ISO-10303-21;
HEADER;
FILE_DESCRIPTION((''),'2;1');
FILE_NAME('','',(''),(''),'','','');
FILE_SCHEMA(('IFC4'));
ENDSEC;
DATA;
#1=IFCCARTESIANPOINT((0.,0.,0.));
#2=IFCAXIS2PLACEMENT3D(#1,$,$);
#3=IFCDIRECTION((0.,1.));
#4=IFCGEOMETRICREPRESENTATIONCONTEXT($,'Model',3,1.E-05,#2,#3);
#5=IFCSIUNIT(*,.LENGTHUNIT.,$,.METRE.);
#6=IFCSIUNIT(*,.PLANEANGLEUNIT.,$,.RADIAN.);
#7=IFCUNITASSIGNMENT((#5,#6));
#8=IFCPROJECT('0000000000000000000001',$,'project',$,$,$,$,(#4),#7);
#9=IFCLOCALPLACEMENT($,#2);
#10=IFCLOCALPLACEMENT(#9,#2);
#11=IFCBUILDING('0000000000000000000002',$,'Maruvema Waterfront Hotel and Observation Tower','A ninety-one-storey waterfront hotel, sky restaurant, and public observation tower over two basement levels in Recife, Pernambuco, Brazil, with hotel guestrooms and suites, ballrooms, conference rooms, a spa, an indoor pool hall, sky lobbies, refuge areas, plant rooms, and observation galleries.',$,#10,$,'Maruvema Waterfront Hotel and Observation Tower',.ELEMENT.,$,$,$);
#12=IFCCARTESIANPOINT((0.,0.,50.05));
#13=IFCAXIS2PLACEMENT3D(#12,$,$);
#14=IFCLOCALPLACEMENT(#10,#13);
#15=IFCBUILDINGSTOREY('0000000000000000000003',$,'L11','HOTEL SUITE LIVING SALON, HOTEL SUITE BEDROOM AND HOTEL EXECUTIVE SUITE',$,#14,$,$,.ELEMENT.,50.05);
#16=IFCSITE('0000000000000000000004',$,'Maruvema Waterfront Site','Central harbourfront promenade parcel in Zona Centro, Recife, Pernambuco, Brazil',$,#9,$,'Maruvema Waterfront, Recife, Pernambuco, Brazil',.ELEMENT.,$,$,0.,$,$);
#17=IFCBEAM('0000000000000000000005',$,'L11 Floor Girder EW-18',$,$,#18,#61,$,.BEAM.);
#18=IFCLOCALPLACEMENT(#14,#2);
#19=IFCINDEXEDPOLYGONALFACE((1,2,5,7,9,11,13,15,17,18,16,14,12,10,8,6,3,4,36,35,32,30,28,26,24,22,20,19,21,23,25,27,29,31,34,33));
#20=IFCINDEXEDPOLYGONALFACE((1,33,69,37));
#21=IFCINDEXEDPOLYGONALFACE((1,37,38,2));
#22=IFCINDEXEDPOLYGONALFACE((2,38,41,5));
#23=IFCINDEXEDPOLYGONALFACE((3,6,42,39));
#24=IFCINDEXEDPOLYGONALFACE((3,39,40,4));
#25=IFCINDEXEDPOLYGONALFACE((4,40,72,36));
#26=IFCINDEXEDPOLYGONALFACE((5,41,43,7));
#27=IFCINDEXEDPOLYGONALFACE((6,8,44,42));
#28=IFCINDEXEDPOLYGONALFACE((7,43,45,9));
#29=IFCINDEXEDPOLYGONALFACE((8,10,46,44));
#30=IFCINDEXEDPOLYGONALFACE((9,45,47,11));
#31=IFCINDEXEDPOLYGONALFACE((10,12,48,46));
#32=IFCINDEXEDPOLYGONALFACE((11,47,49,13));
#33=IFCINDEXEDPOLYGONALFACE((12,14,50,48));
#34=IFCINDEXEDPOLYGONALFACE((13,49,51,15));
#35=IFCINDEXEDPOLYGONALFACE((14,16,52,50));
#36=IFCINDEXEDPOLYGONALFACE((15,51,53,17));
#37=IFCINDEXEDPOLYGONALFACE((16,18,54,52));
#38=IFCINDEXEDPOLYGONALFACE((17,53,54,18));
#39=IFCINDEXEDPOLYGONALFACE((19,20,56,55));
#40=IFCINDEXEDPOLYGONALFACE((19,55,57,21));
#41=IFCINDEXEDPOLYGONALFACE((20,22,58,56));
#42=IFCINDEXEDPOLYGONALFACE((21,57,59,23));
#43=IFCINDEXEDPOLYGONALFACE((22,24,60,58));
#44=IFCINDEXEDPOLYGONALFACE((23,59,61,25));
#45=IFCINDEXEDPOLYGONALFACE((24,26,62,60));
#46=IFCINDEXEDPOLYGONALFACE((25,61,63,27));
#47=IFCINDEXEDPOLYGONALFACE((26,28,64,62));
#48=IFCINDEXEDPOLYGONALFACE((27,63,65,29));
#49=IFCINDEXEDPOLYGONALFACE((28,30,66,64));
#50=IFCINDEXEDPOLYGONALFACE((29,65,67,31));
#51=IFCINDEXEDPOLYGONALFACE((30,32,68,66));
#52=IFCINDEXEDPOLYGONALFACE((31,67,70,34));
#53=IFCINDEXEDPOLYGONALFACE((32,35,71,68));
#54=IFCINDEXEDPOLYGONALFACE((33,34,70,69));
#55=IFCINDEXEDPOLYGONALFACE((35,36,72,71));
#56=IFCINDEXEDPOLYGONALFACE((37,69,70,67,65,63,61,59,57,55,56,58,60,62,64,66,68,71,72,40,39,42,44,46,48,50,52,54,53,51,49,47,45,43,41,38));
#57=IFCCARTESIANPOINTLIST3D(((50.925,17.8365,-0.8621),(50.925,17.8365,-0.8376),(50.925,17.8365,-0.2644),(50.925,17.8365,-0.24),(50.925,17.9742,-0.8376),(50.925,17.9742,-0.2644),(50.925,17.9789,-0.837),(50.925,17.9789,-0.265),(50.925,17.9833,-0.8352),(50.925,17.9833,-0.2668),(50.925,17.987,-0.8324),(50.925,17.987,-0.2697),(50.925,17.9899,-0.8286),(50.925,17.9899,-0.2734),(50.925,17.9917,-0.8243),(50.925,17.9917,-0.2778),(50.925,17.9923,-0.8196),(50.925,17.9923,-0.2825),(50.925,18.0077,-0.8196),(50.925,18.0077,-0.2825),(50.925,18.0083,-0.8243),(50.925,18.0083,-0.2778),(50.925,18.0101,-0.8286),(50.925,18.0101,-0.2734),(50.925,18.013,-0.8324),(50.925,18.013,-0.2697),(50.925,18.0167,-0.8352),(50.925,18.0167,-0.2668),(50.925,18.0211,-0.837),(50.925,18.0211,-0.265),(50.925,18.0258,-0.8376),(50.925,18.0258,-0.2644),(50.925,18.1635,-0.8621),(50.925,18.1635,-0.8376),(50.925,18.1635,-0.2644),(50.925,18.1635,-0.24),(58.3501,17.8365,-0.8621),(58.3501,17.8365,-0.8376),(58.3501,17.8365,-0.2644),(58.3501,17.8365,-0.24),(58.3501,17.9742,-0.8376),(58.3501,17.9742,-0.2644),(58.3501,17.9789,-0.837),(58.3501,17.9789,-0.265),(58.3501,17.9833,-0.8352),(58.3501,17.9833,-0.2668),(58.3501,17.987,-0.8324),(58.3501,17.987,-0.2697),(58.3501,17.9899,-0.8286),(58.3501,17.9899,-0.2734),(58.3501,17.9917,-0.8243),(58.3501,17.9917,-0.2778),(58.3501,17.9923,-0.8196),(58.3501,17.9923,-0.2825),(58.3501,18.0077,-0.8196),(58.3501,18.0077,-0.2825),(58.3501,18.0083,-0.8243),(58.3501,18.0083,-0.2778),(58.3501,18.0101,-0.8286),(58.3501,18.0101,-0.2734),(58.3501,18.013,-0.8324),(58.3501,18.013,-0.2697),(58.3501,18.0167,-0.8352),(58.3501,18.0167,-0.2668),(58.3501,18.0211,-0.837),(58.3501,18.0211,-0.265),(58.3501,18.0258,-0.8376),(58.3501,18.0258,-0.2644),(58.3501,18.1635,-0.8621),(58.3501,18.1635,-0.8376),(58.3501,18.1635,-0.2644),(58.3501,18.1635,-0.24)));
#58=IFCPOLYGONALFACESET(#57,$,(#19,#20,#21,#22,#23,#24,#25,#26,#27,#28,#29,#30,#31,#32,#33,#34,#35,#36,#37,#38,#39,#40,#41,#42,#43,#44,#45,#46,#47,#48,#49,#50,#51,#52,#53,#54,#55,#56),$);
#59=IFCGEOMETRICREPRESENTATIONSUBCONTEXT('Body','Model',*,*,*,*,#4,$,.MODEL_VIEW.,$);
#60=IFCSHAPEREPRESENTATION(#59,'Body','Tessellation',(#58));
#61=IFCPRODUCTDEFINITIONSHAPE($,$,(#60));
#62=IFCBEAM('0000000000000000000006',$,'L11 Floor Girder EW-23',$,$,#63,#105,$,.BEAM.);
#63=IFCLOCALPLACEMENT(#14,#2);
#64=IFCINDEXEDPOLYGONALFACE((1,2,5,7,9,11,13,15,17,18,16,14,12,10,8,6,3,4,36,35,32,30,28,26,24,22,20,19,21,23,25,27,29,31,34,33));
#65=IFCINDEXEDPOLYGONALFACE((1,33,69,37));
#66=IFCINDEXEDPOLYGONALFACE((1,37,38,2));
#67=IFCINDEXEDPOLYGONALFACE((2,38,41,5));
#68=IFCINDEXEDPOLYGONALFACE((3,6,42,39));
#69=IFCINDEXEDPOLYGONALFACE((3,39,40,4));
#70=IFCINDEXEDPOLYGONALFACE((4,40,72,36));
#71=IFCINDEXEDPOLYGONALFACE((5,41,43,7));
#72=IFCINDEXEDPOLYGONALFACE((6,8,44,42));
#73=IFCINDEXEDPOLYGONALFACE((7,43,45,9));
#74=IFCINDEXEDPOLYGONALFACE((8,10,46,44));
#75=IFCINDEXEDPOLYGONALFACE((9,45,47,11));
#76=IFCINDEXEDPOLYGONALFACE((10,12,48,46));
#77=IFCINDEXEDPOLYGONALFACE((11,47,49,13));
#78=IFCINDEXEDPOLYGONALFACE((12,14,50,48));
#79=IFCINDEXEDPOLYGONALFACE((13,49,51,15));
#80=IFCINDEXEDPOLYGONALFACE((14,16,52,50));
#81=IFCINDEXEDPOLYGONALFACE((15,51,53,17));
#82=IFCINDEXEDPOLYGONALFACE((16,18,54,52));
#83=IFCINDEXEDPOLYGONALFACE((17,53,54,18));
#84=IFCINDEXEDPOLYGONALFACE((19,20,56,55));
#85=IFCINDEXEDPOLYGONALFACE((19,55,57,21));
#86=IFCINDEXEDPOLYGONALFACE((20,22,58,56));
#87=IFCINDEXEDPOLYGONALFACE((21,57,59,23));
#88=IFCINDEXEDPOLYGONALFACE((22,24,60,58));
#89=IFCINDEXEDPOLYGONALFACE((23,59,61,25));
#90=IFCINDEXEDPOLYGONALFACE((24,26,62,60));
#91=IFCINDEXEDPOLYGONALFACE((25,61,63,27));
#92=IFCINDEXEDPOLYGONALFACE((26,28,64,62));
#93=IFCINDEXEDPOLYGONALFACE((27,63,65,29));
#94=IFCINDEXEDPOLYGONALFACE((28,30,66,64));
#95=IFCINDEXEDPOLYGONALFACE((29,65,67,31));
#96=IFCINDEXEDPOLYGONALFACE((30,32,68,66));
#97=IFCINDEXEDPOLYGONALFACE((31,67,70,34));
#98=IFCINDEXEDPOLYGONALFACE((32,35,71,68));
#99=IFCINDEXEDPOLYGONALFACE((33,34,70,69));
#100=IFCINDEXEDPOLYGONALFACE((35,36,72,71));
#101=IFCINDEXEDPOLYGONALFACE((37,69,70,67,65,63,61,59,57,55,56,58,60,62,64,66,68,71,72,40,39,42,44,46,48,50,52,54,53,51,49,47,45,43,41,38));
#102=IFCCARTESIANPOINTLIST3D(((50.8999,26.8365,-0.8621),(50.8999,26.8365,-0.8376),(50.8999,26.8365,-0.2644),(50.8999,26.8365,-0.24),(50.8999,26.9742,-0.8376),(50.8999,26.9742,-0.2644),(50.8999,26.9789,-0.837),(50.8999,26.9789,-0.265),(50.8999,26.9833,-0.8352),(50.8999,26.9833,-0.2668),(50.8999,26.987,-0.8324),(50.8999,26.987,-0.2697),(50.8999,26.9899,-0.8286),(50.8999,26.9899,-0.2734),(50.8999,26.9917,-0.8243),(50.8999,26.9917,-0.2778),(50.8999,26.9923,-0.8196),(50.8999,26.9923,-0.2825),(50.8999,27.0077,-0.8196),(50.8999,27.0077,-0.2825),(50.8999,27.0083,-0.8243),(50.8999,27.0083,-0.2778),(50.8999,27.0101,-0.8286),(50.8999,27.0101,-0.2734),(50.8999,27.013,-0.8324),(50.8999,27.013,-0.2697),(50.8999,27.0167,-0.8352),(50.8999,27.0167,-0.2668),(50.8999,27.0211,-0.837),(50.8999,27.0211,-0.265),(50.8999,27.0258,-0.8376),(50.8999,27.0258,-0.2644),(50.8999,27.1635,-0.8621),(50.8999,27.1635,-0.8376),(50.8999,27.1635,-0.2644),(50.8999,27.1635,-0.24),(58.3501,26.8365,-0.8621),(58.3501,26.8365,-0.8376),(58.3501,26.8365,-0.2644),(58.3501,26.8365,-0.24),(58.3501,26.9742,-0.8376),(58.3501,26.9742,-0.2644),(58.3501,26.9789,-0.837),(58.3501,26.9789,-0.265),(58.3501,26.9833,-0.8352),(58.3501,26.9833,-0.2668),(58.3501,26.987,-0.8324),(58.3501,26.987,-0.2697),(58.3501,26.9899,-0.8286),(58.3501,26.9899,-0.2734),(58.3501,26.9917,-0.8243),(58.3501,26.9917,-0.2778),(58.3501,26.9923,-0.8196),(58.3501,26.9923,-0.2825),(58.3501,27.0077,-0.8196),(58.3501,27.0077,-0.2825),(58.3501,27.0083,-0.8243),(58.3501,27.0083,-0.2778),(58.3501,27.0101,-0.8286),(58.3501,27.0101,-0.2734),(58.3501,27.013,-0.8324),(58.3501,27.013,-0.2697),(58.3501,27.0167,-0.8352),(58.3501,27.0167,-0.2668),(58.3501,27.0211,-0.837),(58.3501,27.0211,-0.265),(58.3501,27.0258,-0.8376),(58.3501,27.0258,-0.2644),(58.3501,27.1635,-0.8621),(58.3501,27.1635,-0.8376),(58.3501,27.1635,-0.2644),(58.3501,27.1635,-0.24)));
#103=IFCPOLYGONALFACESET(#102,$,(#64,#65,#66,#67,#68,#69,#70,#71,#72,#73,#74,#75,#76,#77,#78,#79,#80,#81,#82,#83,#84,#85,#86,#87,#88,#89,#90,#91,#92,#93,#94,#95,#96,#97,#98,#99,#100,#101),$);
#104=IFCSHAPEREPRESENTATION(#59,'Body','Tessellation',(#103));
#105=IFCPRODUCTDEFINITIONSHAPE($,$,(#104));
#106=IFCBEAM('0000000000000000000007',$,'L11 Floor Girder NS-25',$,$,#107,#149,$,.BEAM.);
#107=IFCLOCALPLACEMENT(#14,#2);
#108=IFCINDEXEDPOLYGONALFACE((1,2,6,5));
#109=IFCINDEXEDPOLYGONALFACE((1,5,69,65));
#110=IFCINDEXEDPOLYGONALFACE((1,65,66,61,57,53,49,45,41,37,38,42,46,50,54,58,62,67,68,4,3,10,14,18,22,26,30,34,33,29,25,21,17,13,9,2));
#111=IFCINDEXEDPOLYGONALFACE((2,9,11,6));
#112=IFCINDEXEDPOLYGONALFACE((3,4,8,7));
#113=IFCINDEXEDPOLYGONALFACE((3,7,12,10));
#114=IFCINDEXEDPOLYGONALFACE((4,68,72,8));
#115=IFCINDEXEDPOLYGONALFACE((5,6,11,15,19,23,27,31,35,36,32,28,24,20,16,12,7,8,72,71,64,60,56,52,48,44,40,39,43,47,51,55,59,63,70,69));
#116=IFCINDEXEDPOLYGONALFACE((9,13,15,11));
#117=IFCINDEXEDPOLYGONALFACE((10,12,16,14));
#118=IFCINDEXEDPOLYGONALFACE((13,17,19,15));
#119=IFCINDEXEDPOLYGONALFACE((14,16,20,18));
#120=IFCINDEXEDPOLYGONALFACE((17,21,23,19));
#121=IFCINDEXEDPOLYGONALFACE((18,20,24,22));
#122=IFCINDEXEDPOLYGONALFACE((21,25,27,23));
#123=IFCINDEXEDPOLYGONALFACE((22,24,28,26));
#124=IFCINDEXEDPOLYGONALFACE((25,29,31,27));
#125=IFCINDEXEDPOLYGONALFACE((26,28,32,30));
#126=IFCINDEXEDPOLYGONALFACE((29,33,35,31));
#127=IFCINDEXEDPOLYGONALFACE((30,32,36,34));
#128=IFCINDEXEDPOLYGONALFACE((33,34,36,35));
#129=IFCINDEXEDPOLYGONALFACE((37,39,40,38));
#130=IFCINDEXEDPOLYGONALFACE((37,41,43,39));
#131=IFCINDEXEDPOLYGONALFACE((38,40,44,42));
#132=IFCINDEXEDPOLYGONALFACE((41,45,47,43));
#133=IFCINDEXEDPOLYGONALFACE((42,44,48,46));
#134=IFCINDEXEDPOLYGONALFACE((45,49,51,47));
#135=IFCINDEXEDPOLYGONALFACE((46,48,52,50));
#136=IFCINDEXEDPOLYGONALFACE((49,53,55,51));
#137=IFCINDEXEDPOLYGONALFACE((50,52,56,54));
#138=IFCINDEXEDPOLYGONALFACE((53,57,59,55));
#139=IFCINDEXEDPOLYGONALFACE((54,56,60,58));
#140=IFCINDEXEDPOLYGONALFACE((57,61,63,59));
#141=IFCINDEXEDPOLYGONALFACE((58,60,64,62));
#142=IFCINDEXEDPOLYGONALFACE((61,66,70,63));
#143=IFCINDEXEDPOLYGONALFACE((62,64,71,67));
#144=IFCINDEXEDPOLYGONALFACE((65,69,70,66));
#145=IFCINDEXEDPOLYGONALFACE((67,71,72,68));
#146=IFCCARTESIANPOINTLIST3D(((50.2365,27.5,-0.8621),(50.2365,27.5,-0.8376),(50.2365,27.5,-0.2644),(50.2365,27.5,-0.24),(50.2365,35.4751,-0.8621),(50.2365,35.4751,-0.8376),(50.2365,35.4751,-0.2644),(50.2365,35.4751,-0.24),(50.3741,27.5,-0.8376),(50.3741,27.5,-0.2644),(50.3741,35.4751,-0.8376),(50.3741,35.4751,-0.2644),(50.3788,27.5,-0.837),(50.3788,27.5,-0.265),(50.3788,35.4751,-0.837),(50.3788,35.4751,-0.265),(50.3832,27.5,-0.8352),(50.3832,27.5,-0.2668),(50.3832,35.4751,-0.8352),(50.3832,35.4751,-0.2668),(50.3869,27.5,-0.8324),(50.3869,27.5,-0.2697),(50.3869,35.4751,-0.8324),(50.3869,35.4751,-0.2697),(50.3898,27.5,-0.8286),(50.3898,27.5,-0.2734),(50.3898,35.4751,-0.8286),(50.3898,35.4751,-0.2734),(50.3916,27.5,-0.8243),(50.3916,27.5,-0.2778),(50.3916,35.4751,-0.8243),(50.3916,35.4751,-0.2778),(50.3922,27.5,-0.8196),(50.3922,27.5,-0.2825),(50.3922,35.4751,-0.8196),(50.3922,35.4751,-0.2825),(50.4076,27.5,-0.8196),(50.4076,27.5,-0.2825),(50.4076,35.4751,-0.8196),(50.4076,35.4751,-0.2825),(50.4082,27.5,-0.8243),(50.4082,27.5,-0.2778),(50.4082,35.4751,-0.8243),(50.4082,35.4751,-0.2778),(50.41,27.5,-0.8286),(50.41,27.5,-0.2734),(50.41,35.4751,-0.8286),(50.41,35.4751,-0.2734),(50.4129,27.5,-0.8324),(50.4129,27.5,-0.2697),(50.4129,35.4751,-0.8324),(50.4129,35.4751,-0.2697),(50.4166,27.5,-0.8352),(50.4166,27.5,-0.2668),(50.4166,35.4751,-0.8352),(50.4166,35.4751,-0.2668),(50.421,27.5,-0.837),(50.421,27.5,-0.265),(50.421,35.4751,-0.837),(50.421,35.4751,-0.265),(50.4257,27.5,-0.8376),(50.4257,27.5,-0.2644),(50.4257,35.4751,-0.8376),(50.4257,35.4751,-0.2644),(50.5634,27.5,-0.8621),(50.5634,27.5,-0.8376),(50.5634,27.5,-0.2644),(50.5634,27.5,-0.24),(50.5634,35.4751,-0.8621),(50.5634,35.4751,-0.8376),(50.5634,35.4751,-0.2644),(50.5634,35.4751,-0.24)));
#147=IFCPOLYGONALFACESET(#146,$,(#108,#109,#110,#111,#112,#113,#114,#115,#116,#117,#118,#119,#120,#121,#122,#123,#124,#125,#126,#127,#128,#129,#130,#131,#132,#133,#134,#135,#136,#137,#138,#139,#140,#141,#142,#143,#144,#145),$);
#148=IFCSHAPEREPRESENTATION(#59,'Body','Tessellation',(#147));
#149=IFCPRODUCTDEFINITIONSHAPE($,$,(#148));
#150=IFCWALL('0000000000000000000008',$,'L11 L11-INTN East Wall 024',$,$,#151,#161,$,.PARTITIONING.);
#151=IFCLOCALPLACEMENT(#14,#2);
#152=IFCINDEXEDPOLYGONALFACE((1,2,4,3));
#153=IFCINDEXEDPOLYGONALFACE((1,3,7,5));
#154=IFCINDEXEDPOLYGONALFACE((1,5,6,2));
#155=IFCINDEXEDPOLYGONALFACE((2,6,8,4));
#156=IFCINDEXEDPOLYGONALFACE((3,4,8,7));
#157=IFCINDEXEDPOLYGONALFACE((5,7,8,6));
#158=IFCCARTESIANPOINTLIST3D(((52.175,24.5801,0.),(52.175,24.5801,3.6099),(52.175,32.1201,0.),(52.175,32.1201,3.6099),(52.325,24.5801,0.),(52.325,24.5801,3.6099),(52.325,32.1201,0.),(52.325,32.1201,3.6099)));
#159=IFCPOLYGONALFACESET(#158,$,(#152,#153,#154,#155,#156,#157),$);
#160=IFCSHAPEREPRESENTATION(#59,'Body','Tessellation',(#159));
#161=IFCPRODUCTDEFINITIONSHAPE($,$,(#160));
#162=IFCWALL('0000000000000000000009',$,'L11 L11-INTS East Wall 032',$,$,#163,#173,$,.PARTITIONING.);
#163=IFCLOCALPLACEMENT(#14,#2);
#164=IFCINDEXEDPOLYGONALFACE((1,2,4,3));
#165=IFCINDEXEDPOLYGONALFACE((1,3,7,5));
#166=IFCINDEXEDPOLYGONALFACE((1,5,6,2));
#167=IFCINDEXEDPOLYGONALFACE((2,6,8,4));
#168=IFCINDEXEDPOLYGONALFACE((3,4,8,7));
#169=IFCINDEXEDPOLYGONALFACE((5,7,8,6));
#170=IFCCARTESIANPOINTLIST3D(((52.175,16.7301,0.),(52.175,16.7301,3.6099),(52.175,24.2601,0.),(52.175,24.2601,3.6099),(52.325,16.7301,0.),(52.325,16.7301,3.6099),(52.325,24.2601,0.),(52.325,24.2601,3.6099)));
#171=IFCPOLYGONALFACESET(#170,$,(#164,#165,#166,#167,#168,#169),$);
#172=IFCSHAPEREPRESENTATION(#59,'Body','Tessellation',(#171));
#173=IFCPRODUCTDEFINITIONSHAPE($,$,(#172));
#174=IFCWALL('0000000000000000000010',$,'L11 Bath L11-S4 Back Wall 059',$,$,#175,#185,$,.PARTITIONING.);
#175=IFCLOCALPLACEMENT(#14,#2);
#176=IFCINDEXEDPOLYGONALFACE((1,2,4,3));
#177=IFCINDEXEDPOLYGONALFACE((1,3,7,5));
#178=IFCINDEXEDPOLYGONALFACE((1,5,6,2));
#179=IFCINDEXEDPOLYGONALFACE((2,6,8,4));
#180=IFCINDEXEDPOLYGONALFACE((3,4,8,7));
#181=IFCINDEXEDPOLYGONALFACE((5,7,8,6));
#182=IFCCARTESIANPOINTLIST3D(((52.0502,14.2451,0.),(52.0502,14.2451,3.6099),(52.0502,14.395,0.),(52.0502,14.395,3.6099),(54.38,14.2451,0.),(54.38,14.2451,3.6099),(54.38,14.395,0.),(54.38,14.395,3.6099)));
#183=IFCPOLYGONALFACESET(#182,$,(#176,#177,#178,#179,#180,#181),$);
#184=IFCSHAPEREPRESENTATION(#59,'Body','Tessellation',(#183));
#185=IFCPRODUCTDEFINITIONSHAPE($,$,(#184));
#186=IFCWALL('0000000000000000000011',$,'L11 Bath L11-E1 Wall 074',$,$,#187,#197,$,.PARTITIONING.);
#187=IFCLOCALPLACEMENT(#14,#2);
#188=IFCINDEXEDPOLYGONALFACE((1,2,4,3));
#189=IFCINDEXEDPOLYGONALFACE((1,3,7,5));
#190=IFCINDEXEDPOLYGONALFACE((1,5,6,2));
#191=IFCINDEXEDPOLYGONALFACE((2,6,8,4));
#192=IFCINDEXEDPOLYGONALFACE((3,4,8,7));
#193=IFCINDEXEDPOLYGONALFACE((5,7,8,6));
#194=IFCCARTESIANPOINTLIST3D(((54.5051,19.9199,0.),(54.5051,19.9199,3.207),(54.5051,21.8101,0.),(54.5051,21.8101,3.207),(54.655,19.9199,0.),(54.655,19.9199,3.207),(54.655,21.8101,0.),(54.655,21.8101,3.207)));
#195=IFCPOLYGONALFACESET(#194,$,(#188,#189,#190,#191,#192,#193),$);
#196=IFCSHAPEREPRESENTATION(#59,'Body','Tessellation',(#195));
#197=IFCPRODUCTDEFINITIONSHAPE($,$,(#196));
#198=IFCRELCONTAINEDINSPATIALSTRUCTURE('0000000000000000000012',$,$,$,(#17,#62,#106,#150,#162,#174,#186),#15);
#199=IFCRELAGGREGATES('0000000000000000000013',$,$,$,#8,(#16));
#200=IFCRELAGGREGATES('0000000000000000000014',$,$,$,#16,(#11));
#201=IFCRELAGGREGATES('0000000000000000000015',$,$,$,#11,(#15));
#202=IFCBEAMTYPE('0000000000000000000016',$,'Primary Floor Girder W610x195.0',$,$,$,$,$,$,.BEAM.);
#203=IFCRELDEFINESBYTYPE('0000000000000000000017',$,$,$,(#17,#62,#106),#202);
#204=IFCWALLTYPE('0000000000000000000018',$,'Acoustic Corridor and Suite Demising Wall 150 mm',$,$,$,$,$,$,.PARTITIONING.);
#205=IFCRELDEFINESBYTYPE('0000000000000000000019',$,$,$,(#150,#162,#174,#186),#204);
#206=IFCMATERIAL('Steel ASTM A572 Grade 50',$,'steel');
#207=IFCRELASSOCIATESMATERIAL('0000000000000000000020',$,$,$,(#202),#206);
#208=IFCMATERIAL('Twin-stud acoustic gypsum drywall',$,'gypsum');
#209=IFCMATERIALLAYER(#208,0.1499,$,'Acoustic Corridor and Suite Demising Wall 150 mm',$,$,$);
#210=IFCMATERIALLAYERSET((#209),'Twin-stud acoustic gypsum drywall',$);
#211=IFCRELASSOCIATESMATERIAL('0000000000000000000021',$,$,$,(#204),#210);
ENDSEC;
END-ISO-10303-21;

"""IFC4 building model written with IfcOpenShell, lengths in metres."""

from ifc_helpers import new_model, si_unit, direction, frame, frame_2d, origin, origin_2d, place, context, subcontext, project, spatial, rectangle, i_section, extrude, material, layer, layer_set, material_profile, profile_set, type_object, element, save


model = new_model("IFC4")

# Units and contexts
model_context = context("Model", 3, precision=1e-05, world=origin(), true_north=direction((0.0, 1.0)))
body_context = subcontext(model_context, "Body", "Model", "MODEL_VIEW")
ifc_project = project(units=[si_unit("LENGTHUNIT", "METRE"), si_unit("PLANEANGLEUNIT", "RADIAN")], contexts=[model_context])

# Site, building, storey
site_placement = place(None, origin())
site = spatial("IfcSite", under=ifc_project, at=site_placement, Name="Maruvema Waterfront Site", Description="Central harbourfront promenade parcel in Zona Centro, Recife, Pernambuco, Brazil", LongName="Maruvema Waterfront, Recife, Pernambuco, Brazil", CompositionType="ELEMENT", RefElevation=0.0)
building_placement = place(site_placement, origin())
building = spatial("IfcBuilding", under=site, at=building_placement, Name="Maruvema Waterfront Hotel and Observation Tower", Description="A ninety-one-storey waterfront hotel, sky restaurant, and public observation tower over two basement levels in Recife, Pernambuco, Brazil, with hotel guestrooms and suites, ballrooms, conference rooms, a spa, an indoor pool hall, sky lobbies, refuge areas, plant rooms, and observation galleries.", LongName="Maruvema Waterfront Hotel and Observation Tower", CompositionType="ELEMENT")
storey_placement = place(building_placement, frame((0.0, 0.0, 50.05)))
storey = spatial("IfcBuildingStorey", under=building, at=storey_placement, Name="L11", Description="HOTEL SUITE LIVING SALON, HOTEL SUITE BEDROOM AND HOTEL EXECUTIVE SUITE", CompositionType="ELEMENT", Elevation=50.05)

# Beams
ifc_material_1 = material(Name="Steel ASTM A572 Grade 50", Category="steel")
ifc_material_profile = material_profile(ifc_material_1, i_section(OverallWidth=0.3269, OverallDepth=0.6221, WebThickness=0.0154, FlangeThickness=0.0244, FilletRadius=0.0181, at=origin_2d()), Name="W610x195.0")
ifc_profile_set = profile_set([ifc_material_profile], Name="Steel ASTM A572 Grade 50")
beam_type = type_object("IfcBeamType", Name="Primary Floor Girder W610x195.0", PredefinedType="BEAM", material=ifc_profile_set)
beam_1_placement = place(storey_placement, frame((50.925, 18.0, -0.551), z_axis=(1.0, 0.0, 0.0), x_axis=(0.0, 1.0, 0.0)))
element("IfcBeam", 1, at=beam_1_placement, inside=storey, type_object=beam_type, Name="L11 Floor Girder EW-18", PredefinedType="BEAM", context=body_context, shape_type="SweptSolid", body=[
    extrude(i_section(OverallWidth=0.3269, OverallDepth=0.6221, WebThickness=0.0154, FlangeThickness=0.0244, FilletRadius=0.0181, at=origin_2d()), origin(), (0.0, 0.0, 1.0), 7.425),
])
beam_2_placement = place(storey_placement, frame((50.8999, 27.0, -0.551), z_axis=(1.0, 0.0, 0.0), x_axis=(0.0, 1.0, 0.0)))
element("IfcBeam", 2, at=beam_2_placement, inside=storey, type_object=beam_type, Name="L11 Floor Girder EW-23", PredefinedType="BEAM", context=body_context, shape_type="SweptSolid", body=[
    extrude(i_section(OverallWidth=0.3269, OverallDepth=0.6221, WebThickness=0.0154, FlangeThickness=0.0244, FilletRadius=0.0181, at=origin_2d()), origin(), (0.0, 0.0, 1.0), 7.4502),
])
beam_3_placement = place(storey_placement, frame((50.3999, 27.5, -0.551), z_axis=(0.0, 1.0, 0.0), x_axis=(-1.0, 0.0, 0.0)))
element("IfcBeam", 3, at=beam_3_placement, inside=storey, type_object=beam_type, Name="L11 Floor Girder NS-25", PredefinedType="BEAM", context=body_context, shape_type="SweptSolid", body=[
    extrude(i_section(OverallWidth=0.3269, OverallDepth=0.6221, WebThickness=0.0154, FlangeThickness=0.0244, FilletRadius=0.0181, at=origin_2d()), origin(), (0.0, 0.0, 1.0), 7.9751),
])

# Walls
ifc_material_2 = material(Name="Twin-stud acoustic gypsum drywall", Category="gypsum")
ifc_layer_1 = layer(ifc_material_2, 0.1499, Name="Acoustic Corridor and Suite Demising Wall 150 mm")
ifc_layer_set_1 = layer_set([ifc_layer_1], Name="Twin-stud acoustic gypsum drywall")
wall_type_1 = type_object("IfcWallType", Name="Acoustic Corridor and Suite Demising Wall 150 mm", PredefinedType="PARTITIONING", material=ifc_layer_set_1)
wall_1_placement = place(storey_placement, frame((52.25, 24.5801, 0.0), z_axis=(0.0, 0.0, 1.0), x_axis=(0.0, 1.0, 0.0)))
element("IfcWall", 4, at=wall_1_placement, inside=storey, type_object=wall_type_1, Name="L11 L11-INTN East Wall 024", PredefinedType="PARTITIONING", context=body_context, shape_type="SweptSolid", body=[
    extrude(rectangle(XDim=7.54, YDim=0.1499, at=frame_2d((3.77, 0.0))), origin(), (0.0, 0.0, 1.0), 3.6099),
])
wall_2_placement = place(storey_placement, frame((52.25, 16.73, 0.0), z_axis=(0.0, 0.0, 1.0), x_axis=(0.0, 1.0, 0.0)))
element("IfcWall", 5, at=wall_2_placement, inside=storey, type_object=wall_type_1, Name="L11 L11-INTS East Wall 032", PredefinedType="PARTITIONING", context=body_context, shape_type="SweptSolid", body=[
    extrude(rectangle(XDim=7.53, YDim=0.1499, at=frame_2d((3.7651, 0.0))), origin(), (0.0, 0.0, 1.0), 3.6099),
])
wall_3_placement = place(storey_placement, frame((52.05, 14.3201, 0.0), z_axis=(0.0, 0.0, 1.0), x_axis=(1.0, 0.0, 0.0)))
element("IfcWall", 6, at=wall_3_placement, inside=storey, type_object=wall_type_1, Name="L11 Bath L11-S4 Back Wall 059", PredefinedType="PARTITIONING", context=body_context, shape_type="SweptSolid", body=[
    extrude(rectangle(XDim=2.3298, YDim=0.1499, at=frame_2d((1.165, 0.0))), origin(), (0.0, 0.0, 1.0), 3.6099),
])

# Wall
for number, where, z_axis, x_axis, name in (
    (7, (54.5801, 19.9199, 0.0), (0.0, 0.0, 1.0), (0.0, 1.0, 0.0), "L11 Bath L11-E1 Wall 074"),
):
    element("IfcWall", number, at=place(storey_placement, frame(where, z_axis=z_axis, x_axis=x_axis)), inside=storey, type_object=wall_type_1, Name=name, PredefinedType="PARTITIONING", context=body_context, shape_type="SweptSolid", body=[
        extrude(rectangle(XDim=1.8901, YDim=0.1499, at=frame_2d((0.9451, 0.0))), origin(), (0.0, 0.0, 1.0), 3.207),
    ])

save(model, "model.ifc")
